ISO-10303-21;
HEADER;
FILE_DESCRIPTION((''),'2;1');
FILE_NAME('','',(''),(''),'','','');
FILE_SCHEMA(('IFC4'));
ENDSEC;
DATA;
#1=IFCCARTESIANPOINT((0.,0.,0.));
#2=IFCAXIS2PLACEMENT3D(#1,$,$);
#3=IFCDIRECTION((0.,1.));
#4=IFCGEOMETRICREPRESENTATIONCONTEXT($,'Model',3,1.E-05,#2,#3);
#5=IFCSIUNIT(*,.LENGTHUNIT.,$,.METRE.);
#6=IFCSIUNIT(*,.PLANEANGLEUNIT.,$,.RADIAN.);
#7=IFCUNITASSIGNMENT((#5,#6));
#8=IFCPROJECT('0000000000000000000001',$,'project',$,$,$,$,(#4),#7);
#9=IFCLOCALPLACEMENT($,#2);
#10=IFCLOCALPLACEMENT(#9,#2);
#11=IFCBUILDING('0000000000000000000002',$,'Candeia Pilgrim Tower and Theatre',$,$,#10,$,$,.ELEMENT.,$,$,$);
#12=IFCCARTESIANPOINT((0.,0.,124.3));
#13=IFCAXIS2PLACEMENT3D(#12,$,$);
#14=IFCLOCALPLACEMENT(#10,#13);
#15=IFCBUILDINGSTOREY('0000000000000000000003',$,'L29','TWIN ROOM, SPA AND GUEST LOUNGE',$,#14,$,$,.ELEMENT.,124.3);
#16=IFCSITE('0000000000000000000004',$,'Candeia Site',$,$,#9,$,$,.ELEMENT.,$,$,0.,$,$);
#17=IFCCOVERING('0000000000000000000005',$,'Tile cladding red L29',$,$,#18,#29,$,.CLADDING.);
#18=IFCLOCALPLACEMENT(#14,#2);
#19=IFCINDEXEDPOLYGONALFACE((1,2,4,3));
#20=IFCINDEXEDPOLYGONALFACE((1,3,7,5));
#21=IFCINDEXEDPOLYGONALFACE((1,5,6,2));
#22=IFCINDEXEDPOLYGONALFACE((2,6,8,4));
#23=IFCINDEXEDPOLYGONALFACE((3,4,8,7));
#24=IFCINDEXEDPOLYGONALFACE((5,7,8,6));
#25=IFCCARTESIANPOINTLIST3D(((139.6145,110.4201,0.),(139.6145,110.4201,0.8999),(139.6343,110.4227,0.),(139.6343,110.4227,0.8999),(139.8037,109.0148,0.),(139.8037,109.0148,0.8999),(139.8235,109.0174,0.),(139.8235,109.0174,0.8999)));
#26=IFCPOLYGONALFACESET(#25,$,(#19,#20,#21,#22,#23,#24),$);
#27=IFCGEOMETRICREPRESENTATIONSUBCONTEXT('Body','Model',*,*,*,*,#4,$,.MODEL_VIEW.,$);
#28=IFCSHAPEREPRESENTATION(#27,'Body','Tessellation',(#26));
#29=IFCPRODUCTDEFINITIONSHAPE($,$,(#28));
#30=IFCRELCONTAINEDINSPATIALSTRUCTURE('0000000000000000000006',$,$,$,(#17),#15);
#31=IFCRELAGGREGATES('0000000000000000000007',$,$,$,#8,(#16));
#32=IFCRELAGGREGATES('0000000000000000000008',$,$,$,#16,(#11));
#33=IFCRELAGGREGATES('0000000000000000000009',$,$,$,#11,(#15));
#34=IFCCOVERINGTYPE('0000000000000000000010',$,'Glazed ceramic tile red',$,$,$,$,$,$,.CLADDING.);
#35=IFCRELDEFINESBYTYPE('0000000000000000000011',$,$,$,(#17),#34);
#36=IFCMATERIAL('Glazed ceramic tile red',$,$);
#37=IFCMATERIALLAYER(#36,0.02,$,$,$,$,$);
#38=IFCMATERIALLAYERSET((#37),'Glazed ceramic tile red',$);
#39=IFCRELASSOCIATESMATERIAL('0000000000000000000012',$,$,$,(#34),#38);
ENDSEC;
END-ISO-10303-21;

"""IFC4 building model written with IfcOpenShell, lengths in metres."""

from ifc_helpers import new_model, si_unit, direction, frame, origin, origin_2d, place, context, subcontext, project, spatial, rectangle, extrude, material, layer, layer_set, type_object, element, save


model = new_model("IFC4")

# Units and contexts
model_context = context("Model", 3, precision=1e-05, world=origin(), true_north=direction((0.0, 1.0)))
body_context = subcontext(model_context, "Body", "Model", "MODEL_VIEW")
ifc_project = project(units=[si_unit("LENGTHUNIT", "METRE"), si_unit("PLANEANGLEUNIT", "RADIAN")], contexts=[model_context])

# Site, building, storey
site_placement = place(None, origin())
site = spatial("IfcSite", under=ifc_project, at=site_placement, Name="Candeia Site", CompositionType="ELEMENT", RefElevation=0.0)
building_placement = place(site_placement, origin())
building = spatial("IfcBuilding", under=site, at=building_placement, Name="Candeia Pilgrim Tower and Theatre", CompositionType="ELEMENT")
storey_placement = place(building_placement, frame((0.0, 0.0, 124.3)))
storey = spatial("IfcBuildingStorey", under=building, at=storey_placement, Name="L29", Description="TWIN ROOM, SPA AND GUEST LOUNGE", CompositionType="ELEMENT", Elevation=124.3)

# Covering
ifc_material_1 = material(Name="Glazed ceramic tile red")
ifc_layer_1 = layer(ifc_material_1, 0.02)
ifc_layer_set_1 = layer_set([ifc_layer_1], Name="Glazed ceramic tile red")
covering_type = type_object("IfcCoveringType", Name="Glazed ceramic tile red", PredefinedType="CLADDING", material=ifc_layer_set_1)
covering_1_placement = place(storey_placement, frame((139.719, 109.7188, 0.0), z_axis=(0.0, 0.0, 1.0), x_axis=(-0.133412, 0.991061, 0.0)))
element("IfcCovering", 1, at=covering_1_placement, inside=storey, type_object=covering_type, Name="Tile cladding red L29", PredefinedType="CLADDING", context=body_context, shape_type="SweptSolid", body=[
    extrude(rectangle(XDim=1.418, YDim=0.02, at=origin_2d()), origin(), (0.0, 0.0, 1.0), 0.8999),
])

save(model, "model.ifc")
